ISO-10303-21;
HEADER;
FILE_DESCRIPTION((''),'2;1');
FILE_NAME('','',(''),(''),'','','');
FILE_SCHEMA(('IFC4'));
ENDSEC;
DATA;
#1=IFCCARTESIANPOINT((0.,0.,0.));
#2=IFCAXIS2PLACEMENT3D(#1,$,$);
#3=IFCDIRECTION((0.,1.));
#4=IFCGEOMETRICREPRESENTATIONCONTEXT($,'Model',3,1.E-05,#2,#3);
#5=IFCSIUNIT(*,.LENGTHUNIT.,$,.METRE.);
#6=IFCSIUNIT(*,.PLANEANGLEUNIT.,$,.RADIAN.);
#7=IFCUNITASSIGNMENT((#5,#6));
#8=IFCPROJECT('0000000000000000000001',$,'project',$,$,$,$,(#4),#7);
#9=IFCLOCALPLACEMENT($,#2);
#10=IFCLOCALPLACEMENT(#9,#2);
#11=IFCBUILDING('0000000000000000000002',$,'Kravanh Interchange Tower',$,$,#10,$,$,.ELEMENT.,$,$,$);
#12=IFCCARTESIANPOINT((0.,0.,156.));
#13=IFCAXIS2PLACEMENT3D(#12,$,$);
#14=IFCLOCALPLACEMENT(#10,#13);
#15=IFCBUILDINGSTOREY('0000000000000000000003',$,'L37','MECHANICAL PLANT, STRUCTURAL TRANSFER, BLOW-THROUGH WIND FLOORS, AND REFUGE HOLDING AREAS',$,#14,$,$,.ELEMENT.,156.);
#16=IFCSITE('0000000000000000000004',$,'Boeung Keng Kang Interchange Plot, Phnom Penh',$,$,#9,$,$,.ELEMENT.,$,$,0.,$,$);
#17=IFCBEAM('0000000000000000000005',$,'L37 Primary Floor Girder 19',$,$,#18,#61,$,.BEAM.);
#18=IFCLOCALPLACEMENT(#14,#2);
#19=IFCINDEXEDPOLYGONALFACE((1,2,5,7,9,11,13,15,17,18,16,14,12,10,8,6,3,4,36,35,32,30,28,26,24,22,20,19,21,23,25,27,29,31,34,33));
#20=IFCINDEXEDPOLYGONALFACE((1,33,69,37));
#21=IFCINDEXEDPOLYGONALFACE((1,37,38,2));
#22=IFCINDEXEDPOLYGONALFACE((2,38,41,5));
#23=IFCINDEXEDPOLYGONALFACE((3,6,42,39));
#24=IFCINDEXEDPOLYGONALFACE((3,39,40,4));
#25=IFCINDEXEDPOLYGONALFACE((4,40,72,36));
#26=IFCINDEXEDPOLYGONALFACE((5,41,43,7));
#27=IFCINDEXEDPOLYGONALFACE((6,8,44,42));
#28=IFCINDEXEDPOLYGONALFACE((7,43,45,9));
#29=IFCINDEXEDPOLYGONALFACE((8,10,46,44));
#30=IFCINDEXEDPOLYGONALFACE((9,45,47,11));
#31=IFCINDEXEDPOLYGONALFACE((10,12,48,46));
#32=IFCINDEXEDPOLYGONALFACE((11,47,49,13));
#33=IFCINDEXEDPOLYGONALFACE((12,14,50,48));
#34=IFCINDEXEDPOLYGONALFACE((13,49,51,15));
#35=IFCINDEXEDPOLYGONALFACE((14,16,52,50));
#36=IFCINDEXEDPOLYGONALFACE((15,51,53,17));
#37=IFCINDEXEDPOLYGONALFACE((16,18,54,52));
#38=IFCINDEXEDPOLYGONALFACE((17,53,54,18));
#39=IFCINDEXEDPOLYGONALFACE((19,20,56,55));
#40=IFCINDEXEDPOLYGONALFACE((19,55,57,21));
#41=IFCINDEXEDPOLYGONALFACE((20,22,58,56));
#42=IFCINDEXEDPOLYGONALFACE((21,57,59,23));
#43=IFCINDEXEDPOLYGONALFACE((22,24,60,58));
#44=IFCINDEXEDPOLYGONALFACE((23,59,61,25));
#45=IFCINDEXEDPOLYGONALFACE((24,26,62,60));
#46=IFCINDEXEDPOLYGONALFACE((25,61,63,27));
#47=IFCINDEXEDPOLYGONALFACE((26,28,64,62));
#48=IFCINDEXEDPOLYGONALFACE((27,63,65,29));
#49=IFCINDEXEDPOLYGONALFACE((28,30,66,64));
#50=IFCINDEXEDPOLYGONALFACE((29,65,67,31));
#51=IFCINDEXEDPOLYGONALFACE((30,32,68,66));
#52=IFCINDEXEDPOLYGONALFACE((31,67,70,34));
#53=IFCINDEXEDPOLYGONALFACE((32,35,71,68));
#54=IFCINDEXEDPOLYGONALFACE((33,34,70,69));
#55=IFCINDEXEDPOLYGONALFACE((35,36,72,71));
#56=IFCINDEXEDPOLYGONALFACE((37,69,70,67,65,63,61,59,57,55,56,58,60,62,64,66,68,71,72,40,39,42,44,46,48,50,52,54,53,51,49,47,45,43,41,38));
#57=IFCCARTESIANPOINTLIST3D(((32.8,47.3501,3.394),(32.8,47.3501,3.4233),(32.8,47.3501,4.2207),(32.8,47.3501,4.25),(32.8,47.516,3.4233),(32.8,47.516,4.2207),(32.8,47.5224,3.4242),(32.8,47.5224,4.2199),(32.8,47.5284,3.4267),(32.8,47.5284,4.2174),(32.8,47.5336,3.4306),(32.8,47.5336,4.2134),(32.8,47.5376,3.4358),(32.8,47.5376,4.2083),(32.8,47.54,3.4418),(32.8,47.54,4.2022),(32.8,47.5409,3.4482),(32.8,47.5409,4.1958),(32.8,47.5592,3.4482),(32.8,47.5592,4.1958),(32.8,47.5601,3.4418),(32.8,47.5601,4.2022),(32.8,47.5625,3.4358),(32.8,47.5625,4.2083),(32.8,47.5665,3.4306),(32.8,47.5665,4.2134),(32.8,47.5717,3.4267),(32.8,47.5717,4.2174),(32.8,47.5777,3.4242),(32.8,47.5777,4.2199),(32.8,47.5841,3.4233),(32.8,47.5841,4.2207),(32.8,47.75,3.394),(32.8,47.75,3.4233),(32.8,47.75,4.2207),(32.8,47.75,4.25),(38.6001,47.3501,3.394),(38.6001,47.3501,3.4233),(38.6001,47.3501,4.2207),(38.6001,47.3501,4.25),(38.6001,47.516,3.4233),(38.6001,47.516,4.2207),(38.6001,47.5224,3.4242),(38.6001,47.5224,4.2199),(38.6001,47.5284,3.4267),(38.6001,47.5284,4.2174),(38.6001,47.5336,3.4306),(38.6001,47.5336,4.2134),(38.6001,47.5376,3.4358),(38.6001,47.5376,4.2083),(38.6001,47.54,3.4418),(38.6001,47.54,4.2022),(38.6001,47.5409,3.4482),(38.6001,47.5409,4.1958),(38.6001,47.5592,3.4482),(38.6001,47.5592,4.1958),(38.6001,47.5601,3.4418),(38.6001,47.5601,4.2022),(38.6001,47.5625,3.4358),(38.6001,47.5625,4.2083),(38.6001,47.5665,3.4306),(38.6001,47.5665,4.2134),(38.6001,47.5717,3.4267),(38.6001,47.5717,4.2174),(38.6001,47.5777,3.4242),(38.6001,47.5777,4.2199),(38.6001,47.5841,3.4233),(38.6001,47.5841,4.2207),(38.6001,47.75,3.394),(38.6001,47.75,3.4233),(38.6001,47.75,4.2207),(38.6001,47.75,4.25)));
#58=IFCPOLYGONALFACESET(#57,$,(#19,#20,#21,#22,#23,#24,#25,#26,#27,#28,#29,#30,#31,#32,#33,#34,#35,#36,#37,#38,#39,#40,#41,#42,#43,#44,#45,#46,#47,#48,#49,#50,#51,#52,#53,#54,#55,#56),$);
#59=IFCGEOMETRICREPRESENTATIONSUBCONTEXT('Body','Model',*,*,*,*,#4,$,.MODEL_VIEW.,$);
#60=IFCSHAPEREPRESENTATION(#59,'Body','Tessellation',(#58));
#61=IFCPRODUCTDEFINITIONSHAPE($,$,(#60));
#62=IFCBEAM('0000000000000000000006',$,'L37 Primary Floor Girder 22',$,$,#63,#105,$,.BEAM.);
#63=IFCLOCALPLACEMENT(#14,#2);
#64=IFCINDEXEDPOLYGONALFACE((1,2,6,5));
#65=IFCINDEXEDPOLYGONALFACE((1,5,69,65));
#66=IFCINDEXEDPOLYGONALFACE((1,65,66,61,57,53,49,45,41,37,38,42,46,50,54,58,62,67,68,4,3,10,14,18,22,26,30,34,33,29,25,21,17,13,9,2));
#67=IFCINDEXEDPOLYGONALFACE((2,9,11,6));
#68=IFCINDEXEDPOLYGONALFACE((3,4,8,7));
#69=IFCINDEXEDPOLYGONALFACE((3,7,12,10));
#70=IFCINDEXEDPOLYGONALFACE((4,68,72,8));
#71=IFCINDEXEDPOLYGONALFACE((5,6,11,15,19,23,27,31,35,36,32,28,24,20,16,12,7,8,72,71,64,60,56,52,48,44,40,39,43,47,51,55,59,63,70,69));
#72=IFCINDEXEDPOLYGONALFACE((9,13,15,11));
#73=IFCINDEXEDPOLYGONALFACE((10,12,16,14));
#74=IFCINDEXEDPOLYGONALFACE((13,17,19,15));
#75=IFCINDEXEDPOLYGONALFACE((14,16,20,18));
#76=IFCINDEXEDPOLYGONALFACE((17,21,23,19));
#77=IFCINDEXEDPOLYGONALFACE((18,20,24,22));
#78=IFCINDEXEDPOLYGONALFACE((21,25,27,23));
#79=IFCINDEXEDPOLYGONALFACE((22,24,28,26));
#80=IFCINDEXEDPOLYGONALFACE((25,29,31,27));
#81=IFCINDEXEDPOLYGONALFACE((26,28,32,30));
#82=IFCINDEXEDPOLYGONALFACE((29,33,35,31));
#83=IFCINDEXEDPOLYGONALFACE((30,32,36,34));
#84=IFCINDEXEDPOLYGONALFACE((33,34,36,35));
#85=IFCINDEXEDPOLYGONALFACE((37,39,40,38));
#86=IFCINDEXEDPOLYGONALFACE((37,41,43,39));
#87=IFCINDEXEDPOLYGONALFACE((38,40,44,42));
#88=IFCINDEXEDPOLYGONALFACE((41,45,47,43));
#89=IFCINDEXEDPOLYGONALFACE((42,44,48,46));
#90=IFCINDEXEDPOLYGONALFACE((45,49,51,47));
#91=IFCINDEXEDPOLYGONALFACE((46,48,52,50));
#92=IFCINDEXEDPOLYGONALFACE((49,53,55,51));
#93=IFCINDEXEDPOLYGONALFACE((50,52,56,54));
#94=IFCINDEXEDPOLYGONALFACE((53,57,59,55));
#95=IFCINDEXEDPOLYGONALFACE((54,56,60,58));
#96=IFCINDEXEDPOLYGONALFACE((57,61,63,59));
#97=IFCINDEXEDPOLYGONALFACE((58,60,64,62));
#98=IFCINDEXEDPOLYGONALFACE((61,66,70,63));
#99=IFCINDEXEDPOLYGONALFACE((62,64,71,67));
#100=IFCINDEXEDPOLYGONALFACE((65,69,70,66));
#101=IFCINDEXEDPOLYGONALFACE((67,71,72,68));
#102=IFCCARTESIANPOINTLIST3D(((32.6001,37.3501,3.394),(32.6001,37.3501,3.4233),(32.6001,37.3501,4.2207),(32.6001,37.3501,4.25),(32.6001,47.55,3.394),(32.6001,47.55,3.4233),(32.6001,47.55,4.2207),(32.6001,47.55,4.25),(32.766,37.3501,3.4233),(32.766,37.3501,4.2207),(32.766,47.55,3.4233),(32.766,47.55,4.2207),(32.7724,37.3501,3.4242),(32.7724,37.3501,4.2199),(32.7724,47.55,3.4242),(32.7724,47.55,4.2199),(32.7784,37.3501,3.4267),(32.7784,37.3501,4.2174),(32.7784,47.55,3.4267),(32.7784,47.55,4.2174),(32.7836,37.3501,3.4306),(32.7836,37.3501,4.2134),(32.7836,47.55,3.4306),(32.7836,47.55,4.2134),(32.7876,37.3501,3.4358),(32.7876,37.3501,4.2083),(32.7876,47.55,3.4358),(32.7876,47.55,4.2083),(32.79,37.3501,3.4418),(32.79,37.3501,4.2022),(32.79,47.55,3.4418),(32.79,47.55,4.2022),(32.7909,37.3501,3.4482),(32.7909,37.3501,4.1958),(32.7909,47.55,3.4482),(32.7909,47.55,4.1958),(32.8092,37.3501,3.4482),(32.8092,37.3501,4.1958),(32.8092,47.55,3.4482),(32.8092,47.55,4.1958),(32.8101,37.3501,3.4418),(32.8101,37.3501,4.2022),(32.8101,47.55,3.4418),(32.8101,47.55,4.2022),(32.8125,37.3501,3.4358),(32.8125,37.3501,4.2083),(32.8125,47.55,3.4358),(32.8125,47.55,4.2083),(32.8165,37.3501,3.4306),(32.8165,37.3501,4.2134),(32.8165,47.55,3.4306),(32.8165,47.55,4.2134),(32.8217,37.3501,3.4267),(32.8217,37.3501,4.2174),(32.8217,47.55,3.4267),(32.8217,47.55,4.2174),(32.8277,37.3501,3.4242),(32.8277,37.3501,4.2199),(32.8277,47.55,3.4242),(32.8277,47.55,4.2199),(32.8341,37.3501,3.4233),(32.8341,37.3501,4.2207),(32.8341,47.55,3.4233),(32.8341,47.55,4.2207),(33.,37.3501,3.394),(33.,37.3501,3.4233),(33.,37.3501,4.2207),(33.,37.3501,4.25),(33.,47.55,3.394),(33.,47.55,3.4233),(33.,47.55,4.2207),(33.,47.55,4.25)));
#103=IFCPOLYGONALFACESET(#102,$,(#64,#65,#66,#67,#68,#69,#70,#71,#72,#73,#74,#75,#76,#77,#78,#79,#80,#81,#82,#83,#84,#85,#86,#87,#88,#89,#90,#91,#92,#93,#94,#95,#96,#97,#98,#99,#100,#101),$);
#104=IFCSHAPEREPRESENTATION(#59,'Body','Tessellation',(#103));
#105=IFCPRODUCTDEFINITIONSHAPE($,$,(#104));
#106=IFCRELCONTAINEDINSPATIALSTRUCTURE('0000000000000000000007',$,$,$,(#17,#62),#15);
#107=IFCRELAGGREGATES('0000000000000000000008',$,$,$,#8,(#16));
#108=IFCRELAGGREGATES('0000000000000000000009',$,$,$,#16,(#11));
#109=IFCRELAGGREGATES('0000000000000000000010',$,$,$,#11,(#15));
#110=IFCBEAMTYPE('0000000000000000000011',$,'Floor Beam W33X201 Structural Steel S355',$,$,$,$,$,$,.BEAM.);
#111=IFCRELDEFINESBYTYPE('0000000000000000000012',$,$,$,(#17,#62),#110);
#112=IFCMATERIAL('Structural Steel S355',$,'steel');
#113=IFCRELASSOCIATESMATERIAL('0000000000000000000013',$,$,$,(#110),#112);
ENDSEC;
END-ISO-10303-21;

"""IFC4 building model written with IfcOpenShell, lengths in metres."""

from ifc_helpers import new_model, si_unit, direction, frame, origin, origin_2d, place, context, subcontext, project, spatial, i_section, extrude, material, material_profile, profile_set, type_object, element, save


model = new_model("IFC4")

# Units and contexts
model_context = context("Model", 3, precision=1e-05, world=origin(), true_north=direction((0.0, 1.0)))
body_context = subcontext(model_context, "Body", "Model", "MODEL_VIEW")
ifc_project = project(units=[si_unit("LENGTHUNIT", "METRE"), si_unit("PLANEANGLEUNIT", "RADIAN")], contexts=[model_context])

# Site, building, storey
site_placement = place(None, origin())
site = spatial("IfcSite", under=ifc_project, at=site_placement, Name="Boeung Keng Kang Interchange Plot, Phnom Penh", CompositionType="ELEMENT", RefElevation=0.0)
building_placement = place(site_placement, origin())
building = spatial("IfcBuilding", under=site, at=building_placement, Name="Kravanh Interchange Tower", CompositionType="ELEMENT")
storey_placement = place(building_placement, frame((0.0, 0.0, 156.0)))
storey = spatial("IfcBuildingStorey", under=building, at=storey_placement, Name="L37", Description="MECHANICAL PLANT, STRUCTURAL TRANSFER, BLOW-THROUGH WIND FLOORS, AND REFUGE HOLDING AREAS", CompositionType="ELEMENT", Elevation=156.0)

# Beams
ifc_material_1 = material(Name="Structural Steel S355", Category="steel")
ifc_material_profile_1 = material_profile(ifc_material_1, i_section(OverallWidth=0.3999, OverallDepth=0.856, WebThickness=0.0183, FlangeThickness=0.0293, FilletRadius=0.0249, at=origin_2d()), Name="W33X201")
ifc_profile_set_1 = profile_set([ifc_material_profile_1], Name="Structural Steel S355")
beam_type = type_object("IfcBeamType", Name="Floor Beam W33X201 Structural Steel S355", PredefinedType="BEAM", material=ifc_profile_set_1)
beam_1_placement = place(storey_placement, frame((38.6001, 47.55, 3.822), z_axis=(-1.0, 0.0, 0.0), x_axis=(0.0, -1.0, 0.0)))
element("IfcBeam", 1, at=beam_1_placement, inside=storey, type_object=beam_type, Name="L37 Primary Floor Girder 19", PredefinedType="BEAM", context=body_context, shape_type="SweptSolid", body=[
    extrude(i_section(OverallWidth=0.3999, OverallDepth=0.856, WebThickness=0.0183, FlangeThickness=0.0293, FilletRadius=0.0249, at=origin_2d()), origin(), (0.0, 0.0, 1.0), 5.8),
])
beam_2_placement = place(storey_placement, frame((32.8, 37.3501, 3.822), z_axis=(0.0, 1.0, 0.0), x_axis=(-1.0, 0.0, 0.0)))
element("IfcBeam", 2, at=beam_2_placement, inside=storey, type_object=beam_type, Name="L37 Primary Floor Girder 22", PredefinedType="BEAM", context=body_context, shape_type="SweptSolid", body=[
    extrude(i_section(OverallWidth=0.3999, OverallDepth=0.856, WebThickness=0.0183, FlangeThickness=0.0293, FilletRadius=0.0249, at=origin_2d()), origin(), (0.0, 0.0, 1.0), 10.2),
])

save(model, "model.ifc")
